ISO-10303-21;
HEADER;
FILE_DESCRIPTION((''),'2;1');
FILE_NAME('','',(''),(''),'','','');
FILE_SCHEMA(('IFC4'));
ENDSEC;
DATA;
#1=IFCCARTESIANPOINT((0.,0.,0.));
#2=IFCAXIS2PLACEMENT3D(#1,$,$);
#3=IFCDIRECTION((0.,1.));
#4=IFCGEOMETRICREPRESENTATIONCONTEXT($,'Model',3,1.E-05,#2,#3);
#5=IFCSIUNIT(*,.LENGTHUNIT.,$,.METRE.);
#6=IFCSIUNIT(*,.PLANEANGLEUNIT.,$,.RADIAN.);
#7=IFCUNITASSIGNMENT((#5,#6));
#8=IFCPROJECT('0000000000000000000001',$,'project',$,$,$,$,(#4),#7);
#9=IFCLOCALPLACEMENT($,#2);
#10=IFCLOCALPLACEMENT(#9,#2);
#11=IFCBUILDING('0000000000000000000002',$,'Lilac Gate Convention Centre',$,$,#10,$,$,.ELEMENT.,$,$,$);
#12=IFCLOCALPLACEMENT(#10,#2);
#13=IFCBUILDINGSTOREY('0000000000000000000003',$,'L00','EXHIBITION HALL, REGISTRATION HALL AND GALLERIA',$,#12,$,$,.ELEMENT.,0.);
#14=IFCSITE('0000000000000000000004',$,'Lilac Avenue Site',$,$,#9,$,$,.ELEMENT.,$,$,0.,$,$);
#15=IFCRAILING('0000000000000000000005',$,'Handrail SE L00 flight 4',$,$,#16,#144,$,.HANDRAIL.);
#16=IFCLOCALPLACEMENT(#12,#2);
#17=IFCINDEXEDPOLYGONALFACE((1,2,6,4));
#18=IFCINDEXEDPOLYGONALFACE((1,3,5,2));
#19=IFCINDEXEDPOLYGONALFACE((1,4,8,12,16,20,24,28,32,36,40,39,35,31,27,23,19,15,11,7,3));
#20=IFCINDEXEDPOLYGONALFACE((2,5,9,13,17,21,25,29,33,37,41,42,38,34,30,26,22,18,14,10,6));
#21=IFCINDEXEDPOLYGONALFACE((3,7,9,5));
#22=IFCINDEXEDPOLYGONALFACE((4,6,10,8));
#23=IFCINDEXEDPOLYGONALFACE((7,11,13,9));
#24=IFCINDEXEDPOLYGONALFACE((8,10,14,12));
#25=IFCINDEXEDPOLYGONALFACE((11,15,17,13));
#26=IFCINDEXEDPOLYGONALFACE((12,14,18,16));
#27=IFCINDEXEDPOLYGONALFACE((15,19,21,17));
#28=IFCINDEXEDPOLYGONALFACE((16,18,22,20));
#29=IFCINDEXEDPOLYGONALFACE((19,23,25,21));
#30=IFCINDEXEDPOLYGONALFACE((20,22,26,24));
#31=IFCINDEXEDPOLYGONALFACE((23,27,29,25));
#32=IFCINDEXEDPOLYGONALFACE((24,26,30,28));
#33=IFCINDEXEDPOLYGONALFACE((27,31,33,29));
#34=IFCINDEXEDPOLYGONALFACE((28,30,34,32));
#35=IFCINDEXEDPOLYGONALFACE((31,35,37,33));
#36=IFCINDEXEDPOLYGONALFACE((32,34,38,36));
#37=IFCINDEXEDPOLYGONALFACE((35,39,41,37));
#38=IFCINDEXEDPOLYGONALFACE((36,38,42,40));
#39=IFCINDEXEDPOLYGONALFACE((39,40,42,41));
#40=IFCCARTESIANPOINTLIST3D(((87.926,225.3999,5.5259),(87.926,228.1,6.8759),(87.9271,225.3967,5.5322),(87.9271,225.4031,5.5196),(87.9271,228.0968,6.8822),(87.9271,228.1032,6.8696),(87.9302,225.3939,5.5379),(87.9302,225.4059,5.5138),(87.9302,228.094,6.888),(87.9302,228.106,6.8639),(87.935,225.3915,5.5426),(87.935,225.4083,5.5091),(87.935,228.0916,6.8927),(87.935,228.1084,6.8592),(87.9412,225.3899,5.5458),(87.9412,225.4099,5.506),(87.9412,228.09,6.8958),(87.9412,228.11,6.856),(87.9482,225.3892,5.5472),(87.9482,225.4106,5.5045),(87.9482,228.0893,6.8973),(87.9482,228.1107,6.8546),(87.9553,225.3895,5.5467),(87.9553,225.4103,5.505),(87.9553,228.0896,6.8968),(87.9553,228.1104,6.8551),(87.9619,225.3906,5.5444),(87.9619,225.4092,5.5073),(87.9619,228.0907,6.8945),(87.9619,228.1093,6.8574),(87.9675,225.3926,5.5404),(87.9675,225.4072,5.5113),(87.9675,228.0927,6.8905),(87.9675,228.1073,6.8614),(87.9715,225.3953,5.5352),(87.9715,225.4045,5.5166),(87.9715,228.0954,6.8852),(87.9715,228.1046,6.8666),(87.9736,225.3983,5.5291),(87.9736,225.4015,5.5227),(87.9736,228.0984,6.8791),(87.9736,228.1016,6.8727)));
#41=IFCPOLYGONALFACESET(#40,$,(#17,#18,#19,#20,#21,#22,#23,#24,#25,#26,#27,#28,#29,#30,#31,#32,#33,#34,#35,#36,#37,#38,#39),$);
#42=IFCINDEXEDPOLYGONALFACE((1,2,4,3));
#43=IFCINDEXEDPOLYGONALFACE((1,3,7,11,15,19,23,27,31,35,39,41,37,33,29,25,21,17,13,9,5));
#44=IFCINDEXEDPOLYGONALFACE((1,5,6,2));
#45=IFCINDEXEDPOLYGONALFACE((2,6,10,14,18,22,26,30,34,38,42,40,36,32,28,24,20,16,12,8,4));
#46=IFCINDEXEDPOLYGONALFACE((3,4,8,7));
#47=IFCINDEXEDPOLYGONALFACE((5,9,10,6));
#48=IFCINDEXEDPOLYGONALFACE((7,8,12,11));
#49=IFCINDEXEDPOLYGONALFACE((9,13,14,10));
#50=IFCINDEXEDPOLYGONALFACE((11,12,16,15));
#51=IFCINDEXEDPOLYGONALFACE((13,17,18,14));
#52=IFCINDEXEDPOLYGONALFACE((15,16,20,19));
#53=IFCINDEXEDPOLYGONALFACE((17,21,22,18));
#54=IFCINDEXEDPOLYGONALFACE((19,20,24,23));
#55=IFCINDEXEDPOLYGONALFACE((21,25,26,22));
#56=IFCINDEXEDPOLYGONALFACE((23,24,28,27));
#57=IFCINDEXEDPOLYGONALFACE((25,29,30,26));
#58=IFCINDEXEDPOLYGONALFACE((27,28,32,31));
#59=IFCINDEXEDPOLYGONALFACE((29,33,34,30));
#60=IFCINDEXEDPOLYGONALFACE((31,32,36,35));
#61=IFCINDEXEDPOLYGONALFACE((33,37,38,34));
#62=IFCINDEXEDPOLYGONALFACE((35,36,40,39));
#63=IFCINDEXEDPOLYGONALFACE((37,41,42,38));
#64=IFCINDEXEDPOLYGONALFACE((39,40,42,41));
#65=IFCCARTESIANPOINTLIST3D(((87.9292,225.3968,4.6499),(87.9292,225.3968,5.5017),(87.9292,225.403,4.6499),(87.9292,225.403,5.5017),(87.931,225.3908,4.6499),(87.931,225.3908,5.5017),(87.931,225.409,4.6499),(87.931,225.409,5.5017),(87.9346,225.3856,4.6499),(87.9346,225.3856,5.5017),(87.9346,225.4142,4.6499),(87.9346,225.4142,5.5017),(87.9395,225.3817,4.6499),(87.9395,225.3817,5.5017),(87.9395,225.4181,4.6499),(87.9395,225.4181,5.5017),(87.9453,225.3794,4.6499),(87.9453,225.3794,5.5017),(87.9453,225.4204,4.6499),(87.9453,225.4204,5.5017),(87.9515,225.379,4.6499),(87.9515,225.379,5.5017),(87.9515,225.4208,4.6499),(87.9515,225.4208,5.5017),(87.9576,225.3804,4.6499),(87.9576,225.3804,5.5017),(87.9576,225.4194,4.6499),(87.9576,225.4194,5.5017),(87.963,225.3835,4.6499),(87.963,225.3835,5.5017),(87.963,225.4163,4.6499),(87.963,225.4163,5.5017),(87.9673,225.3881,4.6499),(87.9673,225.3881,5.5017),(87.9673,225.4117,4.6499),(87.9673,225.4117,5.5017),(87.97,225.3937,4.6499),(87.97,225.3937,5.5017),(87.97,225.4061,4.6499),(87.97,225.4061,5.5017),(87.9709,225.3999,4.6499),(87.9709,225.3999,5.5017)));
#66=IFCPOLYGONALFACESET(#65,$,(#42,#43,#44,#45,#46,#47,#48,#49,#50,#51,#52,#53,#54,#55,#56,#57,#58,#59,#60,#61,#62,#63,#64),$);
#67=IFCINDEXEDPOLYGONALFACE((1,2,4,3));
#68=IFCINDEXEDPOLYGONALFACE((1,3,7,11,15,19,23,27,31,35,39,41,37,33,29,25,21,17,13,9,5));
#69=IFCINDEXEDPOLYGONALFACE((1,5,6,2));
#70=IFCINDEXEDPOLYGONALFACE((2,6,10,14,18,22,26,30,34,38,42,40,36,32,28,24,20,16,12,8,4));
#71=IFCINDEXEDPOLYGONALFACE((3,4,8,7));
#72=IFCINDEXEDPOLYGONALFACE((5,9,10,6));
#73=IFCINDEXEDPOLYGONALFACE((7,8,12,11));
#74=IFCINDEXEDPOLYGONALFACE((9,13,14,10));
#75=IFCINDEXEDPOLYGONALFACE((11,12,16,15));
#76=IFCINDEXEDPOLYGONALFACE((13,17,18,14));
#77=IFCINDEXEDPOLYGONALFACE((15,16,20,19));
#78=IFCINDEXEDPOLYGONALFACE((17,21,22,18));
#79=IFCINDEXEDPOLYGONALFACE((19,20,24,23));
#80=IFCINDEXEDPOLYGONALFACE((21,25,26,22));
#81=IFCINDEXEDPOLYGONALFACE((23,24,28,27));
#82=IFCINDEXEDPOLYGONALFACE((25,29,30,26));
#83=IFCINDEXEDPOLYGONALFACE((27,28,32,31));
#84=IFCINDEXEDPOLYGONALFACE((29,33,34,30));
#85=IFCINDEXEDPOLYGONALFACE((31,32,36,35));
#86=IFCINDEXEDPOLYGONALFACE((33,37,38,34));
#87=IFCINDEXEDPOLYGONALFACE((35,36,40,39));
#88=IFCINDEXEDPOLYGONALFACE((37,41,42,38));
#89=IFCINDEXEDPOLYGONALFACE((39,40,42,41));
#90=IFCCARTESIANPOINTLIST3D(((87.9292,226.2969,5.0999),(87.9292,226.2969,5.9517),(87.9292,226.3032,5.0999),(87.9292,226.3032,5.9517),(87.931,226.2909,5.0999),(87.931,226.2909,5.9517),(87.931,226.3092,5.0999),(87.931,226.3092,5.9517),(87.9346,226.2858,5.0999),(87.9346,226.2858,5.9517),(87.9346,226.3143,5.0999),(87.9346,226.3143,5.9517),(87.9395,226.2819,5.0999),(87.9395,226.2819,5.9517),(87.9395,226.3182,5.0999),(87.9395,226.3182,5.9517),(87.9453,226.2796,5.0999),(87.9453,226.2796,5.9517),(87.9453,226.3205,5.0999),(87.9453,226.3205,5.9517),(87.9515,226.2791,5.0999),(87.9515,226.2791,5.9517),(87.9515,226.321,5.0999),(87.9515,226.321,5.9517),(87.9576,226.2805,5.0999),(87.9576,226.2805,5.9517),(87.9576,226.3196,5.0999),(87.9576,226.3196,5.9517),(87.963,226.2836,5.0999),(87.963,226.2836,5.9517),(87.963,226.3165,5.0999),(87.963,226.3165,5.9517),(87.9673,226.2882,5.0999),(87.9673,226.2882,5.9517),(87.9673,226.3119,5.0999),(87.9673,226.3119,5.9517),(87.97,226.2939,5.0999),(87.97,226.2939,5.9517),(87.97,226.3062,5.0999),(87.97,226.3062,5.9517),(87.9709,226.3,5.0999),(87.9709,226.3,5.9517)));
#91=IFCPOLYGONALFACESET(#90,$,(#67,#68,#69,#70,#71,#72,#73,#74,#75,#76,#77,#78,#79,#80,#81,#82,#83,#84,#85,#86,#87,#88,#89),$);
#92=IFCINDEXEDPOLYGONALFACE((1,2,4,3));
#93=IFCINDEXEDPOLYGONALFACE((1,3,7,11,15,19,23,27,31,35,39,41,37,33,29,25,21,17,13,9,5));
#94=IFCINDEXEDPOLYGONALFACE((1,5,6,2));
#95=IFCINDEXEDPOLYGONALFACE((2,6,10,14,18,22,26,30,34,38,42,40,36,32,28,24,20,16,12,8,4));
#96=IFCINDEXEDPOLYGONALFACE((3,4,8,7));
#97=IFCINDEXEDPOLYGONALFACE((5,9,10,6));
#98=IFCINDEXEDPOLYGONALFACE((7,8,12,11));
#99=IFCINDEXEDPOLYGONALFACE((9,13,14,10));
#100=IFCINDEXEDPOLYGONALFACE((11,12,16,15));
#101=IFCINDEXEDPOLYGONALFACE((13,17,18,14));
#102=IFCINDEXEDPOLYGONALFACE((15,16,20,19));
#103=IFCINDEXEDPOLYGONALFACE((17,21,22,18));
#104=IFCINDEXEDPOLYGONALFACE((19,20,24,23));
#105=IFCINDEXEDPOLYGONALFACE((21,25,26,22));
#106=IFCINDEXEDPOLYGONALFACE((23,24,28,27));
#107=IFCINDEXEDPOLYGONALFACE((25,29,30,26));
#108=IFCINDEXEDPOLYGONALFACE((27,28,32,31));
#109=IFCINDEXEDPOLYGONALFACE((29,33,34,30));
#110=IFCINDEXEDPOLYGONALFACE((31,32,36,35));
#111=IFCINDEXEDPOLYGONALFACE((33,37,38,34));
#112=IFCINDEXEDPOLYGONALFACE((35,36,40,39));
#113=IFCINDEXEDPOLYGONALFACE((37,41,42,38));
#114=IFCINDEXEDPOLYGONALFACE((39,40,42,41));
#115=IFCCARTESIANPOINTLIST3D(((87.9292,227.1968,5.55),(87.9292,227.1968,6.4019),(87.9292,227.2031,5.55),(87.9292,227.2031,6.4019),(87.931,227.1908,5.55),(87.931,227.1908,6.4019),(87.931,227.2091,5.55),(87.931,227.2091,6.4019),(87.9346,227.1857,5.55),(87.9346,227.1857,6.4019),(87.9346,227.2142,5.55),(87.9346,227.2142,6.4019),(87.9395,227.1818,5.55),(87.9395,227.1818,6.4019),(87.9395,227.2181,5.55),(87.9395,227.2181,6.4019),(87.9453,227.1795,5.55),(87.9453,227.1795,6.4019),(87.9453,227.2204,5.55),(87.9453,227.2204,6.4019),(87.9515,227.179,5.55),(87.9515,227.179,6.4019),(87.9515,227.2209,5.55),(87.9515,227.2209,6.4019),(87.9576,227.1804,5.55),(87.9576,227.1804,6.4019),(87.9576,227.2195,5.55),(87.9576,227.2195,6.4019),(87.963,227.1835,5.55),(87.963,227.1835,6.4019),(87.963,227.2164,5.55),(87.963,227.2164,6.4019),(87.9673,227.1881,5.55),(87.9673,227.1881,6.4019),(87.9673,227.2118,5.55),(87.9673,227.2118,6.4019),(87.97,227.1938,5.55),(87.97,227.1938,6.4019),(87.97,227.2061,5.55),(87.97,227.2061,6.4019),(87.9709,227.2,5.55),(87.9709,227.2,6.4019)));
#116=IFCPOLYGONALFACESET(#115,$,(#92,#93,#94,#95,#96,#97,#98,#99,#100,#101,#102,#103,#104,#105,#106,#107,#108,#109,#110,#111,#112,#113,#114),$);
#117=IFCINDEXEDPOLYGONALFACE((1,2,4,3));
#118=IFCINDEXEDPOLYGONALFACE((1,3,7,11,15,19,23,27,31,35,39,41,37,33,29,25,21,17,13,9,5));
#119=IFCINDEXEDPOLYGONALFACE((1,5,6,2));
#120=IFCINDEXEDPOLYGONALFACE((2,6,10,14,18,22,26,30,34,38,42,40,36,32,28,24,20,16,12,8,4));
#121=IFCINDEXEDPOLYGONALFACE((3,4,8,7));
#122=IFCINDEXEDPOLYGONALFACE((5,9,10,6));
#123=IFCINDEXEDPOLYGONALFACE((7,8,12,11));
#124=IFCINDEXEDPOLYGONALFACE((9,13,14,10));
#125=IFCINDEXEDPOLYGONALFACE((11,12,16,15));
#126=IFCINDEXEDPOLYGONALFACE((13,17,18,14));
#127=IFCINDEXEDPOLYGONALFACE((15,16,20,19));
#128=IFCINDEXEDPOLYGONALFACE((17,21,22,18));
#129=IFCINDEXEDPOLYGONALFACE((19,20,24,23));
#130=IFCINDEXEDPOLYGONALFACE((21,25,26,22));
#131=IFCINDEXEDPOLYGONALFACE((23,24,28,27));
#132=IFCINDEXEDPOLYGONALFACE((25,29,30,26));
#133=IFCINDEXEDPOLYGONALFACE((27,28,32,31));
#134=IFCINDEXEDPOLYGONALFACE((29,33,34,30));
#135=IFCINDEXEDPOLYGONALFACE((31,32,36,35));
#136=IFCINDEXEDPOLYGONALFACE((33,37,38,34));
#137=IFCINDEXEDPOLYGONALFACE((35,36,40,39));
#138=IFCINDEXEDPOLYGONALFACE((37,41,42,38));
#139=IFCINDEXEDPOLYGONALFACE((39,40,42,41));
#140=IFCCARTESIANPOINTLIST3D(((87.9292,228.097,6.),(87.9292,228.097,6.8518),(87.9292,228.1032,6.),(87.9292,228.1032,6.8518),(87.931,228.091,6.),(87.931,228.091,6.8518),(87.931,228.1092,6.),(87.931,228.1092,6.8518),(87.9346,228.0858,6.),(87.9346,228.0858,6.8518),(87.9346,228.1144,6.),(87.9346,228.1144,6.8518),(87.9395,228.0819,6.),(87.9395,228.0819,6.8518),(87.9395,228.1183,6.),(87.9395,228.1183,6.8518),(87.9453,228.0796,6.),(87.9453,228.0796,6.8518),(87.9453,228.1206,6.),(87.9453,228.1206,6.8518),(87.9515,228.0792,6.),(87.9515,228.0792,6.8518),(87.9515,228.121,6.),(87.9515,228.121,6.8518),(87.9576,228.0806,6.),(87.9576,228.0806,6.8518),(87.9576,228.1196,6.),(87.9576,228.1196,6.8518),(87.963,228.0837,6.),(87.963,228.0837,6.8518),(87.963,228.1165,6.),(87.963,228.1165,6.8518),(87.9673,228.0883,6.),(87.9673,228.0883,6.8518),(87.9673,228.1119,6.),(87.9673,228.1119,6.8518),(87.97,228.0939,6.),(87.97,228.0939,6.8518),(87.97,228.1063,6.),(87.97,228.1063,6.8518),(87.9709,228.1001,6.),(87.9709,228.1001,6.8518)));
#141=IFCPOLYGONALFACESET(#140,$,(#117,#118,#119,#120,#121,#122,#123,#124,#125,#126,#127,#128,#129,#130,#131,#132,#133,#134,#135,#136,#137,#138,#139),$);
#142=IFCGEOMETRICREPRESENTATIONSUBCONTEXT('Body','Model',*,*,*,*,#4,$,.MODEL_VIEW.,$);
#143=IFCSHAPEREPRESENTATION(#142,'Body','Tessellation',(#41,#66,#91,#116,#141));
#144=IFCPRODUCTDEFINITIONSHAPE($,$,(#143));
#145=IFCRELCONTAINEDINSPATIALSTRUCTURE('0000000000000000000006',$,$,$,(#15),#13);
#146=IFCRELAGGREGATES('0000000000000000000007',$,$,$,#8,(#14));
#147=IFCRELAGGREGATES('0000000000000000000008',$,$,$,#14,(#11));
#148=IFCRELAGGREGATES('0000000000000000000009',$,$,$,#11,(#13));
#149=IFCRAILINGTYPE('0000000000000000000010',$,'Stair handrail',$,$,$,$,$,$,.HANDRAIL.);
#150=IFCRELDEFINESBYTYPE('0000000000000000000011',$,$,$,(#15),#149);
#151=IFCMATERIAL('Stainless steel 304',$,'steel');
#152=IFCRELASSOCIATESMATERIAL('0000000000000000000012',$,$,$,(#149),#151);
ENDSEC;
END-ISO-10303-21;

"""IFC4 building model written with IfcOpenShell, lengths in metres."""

from ifc_helpers import new_model, si_unit, direction, frame, origin, origin_2d, place, context, subcontext, project, spatial, circle, extrude, material, type_object, element, save


model = new_model("IFC4")

# Units and contexts
model_context = context("Model", 3, precision=1e-05, world=origin(), true_north=direction((0.0, 1.0)))
body_context = subcontext(model_context, "Body", "Model", "MODEL_VIEW")
ifc_project = project(units=[si_unit("LENGTHUNIT", "METRE"), si_unit("PLANEANGLEUNIT", "RADIAN")], contexts=[model_context])

# Site, building, storey
site_placement = place(None, origin())
site = spatial("IfcSite", under=ifc_project, at=site_placement, Name="Lilac Avenue Site", CompositionType="ELEMENT", RefElevation=0.0)
building_placement = place(site_placement, origin())
building = spatial("IfcBuilding", under=site, at=building_placement, Name="Lilac Gate Convention Centre", CompositionType="ELEMENT")
storey_placement = place(building_placement, origin())
storey = spatial("IfcBuildingStorey", under=building, at=storey_placement, Name="L00", Description="EXHIBITION HALL, REGISTRATION HALL AND GALLERIA", CompositionType="ELEMENT", Elevation=0.0)

# Railing
ifc_material_1 = material(Name="Stainless steel 304", Category="steel")
railing_type = type_object("IfcRailingType", Name="Stair handrail", PredefinedType="HANDRAIL", material=ifc_material_1)
for number, where, name in (
    (1, (87.95, 225.3999, 4.6499), "Handrail SE L00 flight 4"),
):
    element("IfcRailing", number, at=place(storey_placement, frame(where)), inside=storey, type_object=railing_type, Name=name, PredefinedType="HANDRAIL", context=body_context, shape_type="SweptSolid", body=[
        extrude(circle(Radius=0.0239, at=origin_2d()), frame((0.0, 0.0, 0.876), z_axis=(0.0, 0.894427, 0.447214), x_axis=(-1.0, 0.0, 0.0)), (0.0, 0.0, 1.0), 3.0188),
        extrude(circle(Radius=0.021, at=origin_2d()), origin(), (0.0, 0.0, 1.0), 0.8518),
        extrude(circle(Radius=0.021, at=origin_2d()), frame((0.0, 0.9001, 0.45)), (0.0, 0.0, 1.0), 0.8518),
        extrude(circle(Radius=0.021, at=origin_2d()), frame((0.0, 1.8, 0.9001)), (0.0, 0.0, 1.0), 0.8518),
        extrude(circle(Radius=0.021, at=origin_2d()), frame((0.0, 2.7002, 1.3501)), (0.0, 0.0, 1.0), 0.8518),
    ])

save(model, "model.ifc")
